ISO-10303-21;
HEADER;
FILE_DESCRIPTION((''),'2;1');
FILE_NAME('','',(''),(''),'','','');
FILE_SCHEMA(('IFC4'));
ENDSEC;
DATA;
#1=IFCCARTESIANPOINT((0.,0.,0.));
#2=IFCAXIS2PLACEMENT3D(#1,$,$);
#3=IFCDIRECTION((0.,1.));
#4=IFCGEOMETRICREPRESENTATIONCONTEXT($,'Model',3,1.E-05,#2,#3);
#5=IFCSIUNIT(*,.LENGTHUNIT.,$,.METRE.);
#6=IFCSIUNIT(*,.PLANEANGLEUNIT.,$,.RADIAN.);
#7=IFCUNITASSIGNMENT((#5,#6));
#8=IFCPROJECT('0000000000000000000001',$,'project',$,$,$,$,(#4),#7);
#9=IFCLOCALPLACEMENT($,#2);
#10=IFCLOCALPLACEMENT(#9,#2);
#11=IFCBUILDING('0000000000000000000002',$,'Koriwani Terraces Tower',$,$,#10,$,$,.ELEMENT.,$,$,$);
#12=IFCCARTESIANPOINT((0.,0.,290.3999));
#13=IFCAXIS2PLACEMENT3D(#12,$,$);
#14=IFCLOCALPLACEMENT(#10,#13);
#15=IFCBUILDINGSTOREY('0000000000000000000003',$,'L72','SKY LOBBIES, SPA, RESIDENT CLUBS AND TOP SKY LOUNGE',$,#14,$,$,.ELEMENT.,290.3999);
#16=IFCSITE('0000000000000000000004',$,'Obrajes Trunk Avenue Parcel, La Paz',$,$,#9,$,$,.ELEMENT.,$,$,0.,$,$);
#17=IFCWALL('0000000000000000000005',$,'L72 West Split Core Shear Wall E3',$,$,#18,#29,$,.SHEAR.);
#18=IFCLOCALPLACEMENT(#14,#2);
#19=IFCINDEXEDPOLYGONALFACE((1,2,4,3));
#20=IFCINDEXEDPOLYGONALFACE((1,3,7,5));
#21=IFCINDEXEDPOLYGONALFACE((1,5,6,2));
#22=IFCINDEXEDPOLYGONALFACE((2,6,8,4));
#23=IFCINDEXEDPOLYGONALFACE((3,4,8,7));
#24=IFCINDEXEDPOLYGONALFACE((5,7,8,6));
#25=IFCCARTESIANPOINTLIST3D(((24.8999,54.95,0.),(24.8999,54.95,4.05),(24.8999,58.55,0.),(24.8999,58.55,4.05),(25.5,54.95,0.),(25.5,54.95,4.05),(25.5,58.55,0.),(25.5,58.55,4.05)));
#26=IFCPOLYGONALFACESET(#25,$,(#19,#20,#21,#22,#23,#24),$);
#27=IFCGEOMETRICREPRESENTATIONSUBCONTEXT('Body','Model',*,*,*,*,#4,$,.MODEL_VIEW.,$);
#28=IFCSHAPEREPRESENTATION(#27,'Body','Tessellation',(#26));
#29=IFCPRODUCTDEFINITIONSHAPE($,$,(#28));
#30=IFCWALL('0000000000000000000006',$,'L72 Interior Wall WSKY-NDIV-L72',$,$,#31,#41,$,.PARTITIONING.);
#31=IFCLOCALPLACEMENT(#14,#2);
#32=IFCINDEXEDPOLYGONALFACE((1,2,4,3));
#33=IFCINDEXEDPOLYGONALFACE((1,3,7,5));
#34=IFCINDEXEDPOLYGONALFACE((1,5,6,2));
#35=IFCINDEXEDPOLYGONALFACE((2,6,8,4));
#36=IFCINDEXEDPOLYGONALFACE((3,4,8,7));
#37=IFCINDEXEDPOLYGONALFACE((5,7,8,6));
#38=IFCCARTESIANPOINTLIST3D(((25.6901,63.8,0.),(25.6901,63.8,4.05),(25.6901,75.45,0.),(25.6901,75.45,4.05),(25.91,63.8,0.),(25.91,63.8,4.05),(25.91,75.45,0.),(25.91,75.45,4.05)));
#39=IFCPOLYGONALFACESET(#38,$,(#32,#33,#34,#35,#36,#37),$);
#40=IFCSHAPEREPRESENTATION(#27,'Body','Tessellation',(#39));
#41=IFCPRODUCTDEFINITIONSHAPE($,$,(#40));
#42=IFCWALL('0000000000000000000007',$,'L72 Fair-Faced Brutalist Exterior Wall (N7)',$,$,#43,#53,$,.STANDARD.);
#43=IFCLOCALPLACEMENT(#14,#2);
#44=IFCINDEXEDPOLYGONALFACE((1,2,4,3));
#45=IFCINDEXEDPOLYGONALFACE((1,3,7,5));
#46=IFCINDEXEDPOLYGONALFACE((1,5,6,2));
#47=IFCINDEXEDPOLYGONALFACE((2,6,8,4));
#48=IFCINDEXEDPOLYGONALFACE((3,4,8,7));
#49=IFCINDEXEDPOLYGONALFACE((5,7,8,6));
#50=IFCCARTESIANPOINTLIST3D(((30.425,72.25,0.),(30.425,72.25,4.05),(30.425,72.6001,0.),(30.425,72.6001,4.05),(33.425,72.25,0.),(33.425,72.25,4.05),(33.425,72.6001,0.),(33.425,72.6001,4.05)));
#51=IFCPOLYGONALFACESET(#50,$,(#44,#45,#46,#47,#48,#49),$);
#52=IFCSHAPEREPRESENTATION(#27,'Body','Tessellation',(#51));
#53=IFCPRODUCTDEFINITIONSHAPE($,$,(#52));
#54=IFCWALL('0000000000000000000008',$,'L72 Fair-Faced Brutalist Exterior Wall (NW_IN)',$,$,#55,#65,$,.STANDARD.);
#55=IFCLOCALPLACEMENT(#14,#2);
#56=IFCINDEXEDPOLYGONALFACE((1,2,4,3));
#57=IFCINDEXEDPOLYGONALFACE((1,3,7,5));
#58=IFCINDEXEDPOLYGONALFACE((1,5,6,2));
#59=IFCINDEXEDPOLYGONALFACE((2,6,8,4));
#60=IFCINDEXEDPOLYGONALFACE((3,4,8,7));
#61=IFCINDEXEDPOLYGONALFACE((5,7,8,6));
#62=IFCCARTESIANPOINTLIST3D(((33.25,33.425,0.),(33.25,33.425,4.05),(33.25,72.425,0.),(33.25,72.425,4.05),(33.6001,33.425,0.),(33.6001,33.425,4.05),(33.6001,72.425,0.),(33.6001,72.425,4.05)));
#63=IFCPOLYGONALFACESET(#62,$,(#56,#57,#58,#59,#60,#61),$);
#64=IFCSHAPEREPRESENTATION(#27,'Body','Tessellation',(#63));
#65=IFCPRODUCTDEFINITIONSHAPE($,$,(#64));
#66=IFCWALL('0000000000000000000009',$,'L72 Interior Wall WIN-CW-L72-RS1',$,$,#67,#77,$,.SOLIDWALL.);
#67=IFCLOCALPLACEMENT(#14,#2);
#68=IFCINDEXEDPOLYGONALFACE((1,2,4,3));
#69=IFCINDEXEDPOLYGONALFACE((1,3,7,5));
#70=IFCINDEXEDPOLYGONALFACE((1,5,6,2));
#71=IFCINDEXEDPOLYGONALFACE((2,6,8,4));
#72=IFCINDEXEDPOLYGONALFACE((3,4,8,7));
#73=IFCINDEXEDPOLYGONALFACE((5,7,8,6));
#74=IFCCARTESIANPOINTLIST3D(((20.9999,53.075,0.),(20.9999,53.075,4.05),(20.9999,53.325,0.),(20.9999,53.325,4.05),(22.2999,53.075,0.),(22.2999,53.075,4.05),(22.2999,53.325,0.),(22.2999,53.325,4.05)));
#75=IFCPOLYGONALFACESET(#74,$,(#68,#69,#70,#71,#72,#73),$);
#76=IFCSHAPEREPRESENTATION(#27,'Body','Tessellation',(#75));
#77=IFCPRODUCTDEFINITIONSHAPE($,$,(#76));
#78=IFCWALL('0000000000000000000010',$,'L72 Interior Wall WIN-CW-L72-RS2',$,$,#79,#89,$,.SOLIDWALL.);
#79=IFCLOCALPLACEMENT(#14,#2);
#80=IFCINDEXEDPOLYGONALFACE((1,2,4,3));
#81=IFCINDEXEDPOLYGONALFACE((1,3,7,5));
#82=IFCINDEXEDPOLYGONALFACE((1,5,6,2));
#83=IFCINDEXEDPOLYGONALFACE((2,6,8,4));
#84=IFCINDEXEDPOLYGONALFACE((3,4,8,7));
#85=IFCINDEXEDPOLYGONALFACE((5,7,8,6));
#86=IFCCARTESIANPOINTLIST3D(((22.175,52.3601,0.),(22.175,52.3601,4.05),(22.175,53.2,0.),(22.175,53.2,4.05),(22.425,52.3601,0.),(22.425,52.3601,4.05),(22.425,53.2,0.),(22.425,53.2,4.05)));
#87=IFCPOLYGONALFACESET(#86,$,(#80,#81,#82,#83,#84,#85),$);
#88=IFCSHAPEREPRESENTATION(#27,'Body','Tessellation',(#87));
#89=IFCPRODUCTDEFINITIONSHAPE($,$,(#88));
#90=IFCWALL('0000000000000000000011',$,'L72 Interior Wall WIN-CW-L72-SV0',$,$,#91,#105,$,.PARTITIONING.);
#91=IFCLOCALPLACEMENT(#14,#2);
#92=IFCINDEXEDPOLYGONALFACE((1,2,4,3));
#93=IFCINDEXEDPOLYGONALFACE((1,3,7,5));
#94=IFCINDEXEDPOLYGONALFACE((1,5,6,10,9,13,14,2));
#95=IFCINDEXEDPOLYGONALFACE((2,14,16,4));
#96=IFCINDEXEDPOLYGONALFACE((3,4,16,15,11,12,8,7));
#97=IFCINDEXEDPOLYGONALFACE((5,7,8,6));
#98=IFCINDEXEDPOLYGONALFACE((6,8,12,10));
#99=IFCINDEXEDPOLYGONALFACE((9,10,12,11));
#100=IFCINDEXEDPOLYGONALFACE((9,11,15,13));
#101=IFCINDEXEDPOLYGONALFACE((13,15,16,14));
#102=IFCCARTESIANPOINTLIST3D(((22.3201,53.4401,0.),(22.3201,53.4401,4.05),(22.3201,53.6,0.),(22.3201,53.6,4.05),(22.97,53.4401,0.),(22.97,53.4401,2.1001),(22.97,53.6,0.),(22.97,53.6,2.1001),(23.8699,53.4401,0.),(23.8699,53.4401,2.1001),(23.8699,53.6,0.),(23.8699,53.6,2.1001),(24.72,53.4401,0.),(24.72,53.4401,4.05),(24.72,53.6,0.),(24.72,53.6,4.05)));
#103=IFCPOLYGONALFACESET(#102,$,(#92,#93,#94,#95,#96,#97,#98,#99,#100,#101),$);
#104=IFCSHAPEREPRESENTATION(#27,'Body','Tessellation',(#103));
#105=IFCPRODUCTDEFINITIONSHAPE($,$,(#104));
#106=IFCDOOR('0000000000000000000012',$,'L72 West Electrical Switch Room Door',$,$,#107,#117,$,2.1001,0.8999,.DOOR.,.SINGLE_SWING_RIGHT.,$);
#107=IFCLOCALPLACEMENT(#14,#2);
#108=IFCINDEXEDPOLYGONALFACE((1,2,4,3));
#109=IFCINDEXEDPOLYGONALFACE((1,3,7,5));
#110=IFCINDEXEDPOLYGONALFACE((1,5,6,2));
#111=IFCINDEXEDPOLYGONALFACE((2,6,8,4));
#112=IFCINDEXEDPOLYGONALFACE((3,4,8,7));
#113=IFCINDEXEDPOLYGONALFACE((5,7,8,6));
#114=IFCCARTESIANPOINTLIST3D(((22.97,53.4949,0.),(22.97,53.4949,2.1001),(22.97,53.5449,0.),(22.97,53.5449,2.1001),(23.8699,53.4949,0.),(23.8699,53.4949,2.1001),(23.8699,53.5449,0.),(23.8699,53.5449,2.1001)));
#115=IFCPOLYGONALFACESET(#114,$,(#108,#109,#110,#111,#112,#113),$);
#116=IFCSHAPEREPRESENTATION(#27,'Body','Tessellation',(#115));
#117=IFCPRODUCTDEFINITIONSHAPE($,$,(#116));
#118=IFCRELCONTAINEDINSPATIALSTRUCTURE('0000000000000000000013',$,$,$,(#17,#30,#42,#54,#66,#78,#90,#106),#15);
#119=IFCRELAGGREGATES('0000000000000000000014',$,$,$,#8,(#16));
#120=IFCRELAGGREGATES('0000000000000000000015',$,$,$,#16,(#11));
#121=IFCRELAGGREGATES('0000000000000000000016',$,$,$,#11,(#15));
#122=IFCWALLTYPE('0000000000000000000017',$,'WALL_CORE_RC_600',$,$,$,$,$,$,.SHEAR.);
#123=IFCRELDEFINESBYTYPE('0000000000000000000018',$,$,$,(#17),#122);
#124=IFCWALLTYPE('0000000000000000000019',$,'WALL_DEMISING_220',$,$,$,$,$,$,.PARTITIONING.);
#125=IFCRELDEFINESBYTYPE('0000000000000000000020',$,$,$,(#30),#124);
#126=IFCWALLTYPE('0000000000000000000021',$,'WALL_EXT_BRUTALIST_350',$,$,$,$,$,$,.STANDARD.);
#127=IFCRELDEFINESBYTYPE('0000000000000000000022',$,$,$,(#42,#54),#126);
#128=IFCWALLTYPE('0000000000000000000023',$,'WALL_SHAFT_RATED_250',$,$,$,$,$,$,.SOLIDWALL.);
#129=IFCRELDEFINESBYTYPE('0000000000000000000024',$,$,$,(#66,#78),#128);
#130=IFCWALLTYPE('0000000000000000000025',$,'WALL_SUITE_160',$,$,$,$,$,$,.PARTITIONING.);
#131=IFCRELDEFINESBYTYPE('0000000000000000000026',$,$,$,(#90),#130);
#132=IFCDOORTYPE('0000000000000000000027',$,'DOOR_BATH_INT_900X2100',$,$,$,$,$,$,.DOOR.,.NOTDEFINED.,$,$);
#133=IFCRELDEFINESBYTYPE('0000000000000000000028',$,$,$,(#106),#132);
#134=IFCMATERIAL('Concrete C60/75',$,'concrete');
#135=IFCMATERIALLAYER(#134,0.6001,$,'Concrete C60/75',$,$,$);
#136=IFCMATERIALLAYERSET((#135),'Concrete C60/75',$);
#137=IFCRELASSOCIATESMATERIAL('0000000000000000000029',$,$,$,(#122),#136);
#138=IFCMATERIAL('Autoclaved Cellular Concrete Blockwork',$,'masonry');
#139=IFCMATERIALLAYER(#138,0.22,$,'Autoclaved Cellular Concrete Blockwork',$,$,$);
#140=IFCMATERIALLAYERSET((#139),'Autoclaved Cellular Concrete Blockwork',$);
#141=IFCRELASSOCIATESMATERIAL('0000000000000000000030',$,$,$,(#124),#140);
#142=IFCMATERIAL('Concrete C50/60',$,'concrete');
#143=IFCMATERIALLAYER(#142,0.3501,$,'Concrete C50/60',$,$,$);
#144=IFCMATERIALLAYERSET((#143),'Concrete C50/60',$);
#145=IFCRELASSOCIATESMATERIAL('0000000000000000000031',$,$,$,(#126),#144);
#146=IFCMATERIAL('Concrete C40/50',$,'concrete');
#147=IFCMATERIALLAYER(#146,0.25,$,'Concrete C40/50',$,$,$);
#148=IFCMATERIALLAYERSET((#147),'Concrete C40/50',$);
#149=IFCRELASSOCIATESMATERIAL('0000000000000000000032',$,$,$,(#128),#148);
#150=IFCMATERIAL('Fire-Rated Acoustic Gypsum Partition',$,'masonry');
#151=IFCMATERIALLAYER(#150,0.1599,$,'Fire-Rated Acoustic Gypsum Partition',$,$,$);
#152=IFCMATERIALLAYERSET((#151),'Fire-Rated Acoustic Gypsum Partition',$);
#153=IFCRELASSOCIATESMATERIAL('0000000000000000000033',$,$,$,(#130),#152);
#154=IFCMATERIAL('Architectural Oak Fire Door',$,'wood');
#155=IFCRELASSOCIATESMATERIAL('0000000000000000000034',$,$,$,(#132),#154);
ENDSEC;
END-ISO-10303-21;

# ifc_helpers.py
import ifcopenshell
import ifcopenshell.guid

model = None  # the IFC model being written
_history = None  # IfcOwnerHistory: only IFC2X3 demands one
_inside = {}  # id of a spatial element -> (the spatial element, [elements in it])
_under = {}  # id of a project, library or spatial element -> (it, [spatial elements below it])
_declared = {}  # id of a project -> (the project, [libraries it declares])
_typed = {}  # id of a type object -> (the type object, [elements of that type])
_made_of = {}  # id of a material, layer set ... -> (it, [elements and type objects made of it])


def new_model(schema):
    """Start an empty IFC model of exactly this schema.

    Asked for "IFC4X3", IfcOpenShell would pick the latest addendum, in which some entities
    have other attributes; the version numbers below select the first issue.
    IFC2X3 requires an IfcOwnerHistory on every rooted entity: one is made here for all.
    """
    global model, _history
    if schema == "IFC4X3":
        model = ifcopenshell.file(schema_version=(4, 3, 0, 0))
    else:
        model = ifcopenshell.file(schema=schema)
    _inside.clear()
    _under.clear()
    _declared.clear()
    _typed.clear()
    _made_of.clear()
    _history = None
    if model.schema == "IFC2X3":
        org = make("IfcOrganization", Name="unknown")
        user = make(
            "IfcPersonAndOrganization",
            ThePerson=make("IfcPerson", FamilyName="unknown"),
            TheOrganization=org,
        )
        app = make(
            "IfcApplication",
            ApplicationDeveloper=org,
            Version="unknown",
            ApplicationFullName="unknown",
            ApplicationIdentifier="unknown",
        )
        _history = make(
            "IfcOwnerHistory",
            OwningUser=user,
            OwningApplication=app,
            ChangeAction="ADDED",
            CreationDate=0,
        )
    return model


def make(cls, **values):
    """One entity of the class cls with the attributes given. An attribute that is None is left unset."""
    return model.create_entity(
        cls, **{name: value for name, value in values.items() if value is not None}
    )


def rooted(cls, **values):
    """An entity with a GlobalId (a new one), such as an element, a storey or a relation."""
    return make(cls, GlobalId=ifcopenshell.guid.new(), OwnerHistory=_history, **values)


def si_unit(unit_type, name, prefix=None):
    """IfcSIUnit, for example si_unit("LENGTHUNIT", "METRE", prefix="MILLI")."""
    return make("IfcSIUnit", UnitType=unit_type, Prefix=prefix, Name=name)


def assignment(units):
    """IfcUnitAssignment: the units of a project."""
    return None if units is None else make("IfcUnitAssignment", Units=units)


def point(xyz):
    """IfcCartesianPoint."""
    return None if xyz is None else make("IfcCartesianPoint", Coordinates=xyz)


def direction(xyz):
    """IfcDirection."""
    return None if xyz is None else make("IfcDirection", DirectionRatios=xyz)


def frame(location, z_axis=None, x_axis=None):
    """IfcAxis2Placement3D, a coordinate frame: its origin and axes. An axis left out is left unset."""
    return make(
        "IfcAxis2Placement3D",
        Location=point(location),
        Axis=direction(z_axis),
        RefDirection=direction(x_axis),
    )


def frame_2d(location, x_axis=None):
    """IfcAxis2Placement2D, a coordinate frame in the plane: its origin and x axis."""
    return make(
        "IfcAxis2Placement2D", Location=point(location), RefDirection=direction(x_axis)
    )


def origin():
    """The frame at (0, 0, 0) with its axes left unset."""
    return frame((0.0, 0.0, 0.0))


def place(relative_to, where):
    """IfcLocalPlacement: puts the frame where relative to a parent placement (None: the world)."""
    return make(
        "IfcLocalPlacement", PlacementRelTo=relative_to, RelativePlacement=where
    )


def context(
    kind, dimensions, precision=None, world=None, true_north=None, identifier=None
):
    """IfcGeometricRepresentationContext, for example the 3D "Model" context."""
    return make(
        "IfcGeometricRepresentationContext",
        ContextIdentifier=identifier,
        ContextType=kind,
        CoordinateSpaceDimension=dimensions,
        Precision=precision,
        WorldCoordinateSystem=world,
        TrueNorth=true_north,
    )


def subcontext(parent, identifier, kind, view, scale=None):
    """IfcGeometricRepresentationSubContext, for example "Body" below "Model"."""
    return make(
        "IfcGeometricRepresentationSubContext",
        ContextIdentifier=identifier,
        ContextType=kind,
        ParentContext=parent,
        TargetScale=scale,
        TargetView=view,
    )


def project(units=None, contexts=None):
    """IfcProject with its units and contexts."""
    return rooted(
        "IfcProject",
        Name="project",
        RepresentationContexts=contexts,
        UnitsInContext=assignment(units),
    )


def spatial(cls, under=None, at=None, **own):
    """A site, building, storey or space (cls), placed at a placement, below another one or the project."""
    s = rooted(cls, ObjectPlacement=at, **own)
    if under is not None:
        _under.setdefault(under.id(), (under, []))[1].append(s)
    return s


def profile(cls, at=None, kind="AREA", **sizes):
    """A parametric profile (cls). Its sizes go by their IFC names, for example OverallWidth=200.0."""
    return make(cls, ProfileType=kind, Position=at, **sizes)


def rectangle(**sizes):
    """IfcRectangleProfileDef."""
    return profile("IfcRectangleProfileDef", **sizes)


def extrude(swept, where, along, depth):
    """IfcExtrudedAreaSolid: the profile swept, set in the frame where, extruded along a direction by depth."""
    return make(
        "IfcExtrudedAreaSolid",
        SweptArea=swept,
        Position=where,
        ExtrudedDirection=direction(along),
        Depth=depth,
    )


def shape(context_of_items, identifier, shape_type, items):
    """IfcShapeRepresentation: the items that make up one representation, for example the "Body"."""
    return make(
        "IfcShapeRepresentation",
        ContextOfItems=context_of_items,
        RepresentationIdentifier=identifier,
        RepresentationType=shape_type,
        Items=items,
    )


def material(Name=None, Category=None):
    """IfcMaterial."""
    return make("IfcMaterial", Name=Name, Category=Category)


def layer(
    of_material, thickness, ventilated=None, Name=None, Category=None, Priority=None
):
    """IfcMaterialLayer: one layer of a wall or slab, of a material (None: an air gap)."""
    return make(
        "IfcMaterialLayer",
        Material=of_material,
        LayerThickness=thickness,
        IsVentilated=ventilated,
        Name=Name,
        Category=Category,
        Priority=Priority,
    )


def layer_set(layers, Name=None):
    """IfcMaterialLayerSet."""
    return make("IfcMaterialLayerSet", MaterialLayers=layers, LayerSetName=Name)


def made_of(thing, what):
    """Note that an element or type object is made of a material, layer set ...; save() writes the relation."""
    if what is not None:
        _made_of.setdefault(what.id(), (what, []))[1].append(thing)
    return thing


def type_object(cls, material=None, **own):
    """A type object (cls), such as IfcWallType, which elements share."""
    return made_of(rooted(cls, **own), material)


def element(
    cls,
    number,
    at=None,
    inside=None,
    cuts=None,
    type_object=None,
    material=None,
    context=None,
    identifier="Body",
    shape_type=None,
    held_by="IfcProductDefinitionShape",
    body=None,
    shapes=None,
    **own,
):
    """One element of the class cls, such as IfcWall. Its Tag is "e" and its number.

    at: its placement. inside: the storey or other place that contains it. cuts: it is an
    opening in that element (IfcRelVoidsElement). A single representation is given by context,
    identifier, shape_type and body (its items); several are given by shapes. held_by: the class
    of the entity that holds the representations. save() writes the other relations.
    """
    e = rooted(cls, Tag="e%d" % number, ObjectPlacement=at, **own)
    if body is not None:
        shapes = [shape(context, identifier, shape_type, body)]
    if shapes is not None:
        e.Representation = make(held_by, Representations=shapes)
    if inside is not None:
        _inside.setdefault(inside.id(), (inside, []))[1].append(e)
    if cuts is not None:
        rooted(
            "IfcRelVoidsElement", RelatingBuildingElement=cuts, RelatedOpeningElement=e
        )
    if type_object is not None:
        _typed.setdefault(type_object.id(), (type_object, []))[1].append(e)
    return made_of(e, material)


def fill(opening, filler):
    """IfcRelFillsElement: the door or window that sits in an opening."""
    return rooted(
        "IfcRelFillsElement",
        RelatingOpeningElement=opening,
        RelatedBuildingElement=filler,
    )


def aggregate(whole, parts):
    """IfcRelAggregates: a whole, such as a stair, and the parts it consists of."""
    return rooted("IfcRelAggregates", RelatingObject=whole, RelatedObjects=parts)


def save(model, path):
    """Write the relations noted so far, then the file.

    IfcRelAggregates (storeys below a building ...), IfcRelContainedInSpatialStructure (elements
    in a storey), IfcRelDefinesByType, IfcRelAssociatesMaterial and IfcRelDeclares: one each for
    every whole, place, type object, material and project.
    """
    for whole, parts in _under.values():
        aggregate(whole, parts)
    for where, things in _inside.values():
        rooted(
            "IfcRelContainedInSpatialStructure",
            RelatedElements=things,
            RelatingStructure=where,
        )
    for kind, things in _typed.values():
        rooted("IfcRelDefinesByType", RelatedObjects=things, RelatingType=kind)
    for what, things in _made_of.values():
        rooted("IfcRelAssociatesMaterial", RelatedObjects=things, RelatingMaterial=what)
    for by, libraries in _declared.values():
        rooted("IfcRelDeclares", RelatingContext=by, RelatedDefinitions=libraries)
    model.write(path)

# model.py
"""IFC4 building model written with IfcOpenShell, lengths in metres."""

from ifc_helpers import new_model, si_unit, direction, frame, frame_2d, origin, place, context, subcontext, project, spatial, rectangle, extrude, material, layer, layer_set, type_object, element, fill, save


model = new_model("IFC4")

# Units and contexts
model_context = context("Model", 3, precision=1e-05, world=origin(), true_north=direction((0.0, 1.0)))
body_context = subcontext(model_context, "Body", "Model", "MODEL_VIEW")
ifc_project = project(units=[si_unit("LENGTHUNIT", "METRE"), si_unit("PLANEANGLEUNIT", "RADIAN")], contexts=[model_context])

# Site, building, storey
site_placement = place(None, origin())
site = spatial("IfcSite", under=ifc_project, at=site_placement, Name="Obrajes Trunk Avenue Parcel, La Paz", CompositionType="ELEMENT", RefElevation=0.0)
building_placement = place(site_placement, origin())
building = spatial("IfcBuilding", under=site, at=building_placement, Name="Koriwani Terraces Tower", CompositionType="ELEMENT")
storey_placement = place(building_placement, frame((0.0, 0.0, 290.3999)))
storey = spatial("IfcBuildingStorey", under=building, at=storey_placement, Name="L72", Description="SKY LOBBIES, SPA, RESIDENT CLUBS AND TOP SKY LOUNGE", CompositionType="ELEMENT", Elevation=290.3999)

# Shared definitions
ifc_material_1 = material(Name="Concrete C50/60", Category="concrete")

# Shared definitions
ifc_material_2 = material(Name="Concrete C40/50", Category="concrete")

# Walls
ifc_material_3 = material(Name="Concrete C60/75", Category="concrete")
ifc_layer_1 = layer(ifc_material_3, 0.6001, Name="Concrete C60/75")
ifc_layer_set_1 = layer_set([ifc_layer_1], Name="Concrete C60/75")
wall_type_1 = type_object("IfcWallType", Name="WALL_CORE_RC_600", PredefinedType="SHEAR", material=ifc_layer_set_1)
wall_1_placement = place(storey_placement, frame((25.2, 54.95, 0.0), z_axis=(0.0, 0.0, 1.0), x_axis=(0.0, 1.0, 0.0)))
element("IfcWall", 1, at=wall_1_placement, inside=storey, type_object=wall_type_1, Name="L72 West Split Core Shear Wall E3", PredefinedType="SHEAR", context=body_context, shape_type="SweptSolid", body=[
    extrude(rectangle(XDim=3.6001, YDim=0.6001, at=frame_2d((1.8, 0.0))), origin(), (0.0, 0.0, 1.0), 4.05),
])
ifc_material_4 = material(Name="Autoclaved Cellular Concrete Blockwork", Category="masonry")
ifc_layer_2 = layer(ifc_material_4, 0.22, Name="Autoclaved Cellular Concrete Blockwork")
ifc_layer_set_2 = layer_set([ifc_layer_2], Name="Autoclaved Cellular Concrete Blockwork")
wall_type_2 = type_object("IfcWallType", Name="WALL_DEMISING_220", PredefinedType="PARTITIONING", material=ifc_layer_set_2)
wall_2_placement = place(storey_placement, frame((25.8, 63.8, 0.0), z_axis=(0.0, 0.0, 1.0), x_axis=(0.0, 1.0, 0.0)))
element("IfcWall", 2, at=wall_2_placement, inside=storey, type_object=wall_type_2, Name="L72 Interior Wall WSKY-NDIV-L72", PredefinedType="PARTITIONING", context=body_context, shape_type="SweptSolid", body=[
    extrude(rectangle(XDim=11.6499, YDim=0.22, at=frame_2d((5.825, 0.0))), origin(), (0.0, 0.0, 1.0), 4.05),
])
ifc_layer_3 = layer(ifc_material_1, 0.3501, Name="Concrete C50/60")
ifc_layer_set_3 = layer_set([ifc_layer_3], Name="Concrete C50/60")
wall_type_3 = type_object("IfcWallType", Name="WALL_EXT_BRUTALIST_350", PredefinedType="STANDARD", material=ifc_layer_set_3)
wall_3_placement = place(storey_placement, frame((30.425, 72.425, 0.0), z_axis=(0.0, 0.0, 1.0), x_axis=(1.0, 0.0, 0.0)))
element("IfcWall", 3, at=wall_3_placement, inside=storey, type_object=wall_type_3, Name="L72 Fair-Faced Brutalist Exterior Wall (N7)", PredefinedType="STANDARD", context=body_context, shape_type="SweptSolid", body=[
    extrude(rectangle(XDim=3.0, YDim=0.3501, at=frame_2d((1.5, 0.0))), origin(), (0.0, 0.0, 1.0), 4.05),
])
wall_4_placement = place(storey_placement, frame((33.425, 72.425, 0.0), z_axis=(0.0, 0.0, 1.0), x_axis=(0.0, -1.0, 0.0)))
element("IfcWall", 4, at=wall_4_placement, inside=storey, type_object=wall_type_3, Name="L72 Fair-Faced Brutalist Exterior Wall (NW_IN)", PredefinedType="STANDARD", context=body_context, shape_type="SweptSolid", body=[
    extrude(rectangle(XDim=39.0, YDim=0.3501, at=frame_2d((19.5, 0.0))), origin(), (0.0, 0.0, 1.0), 4.05),
])

# Shared definitions
ifc_layer_4 = layer(ifc_material_2, 0.25, Name="Concrete C40/50")
ifc_layer_set_4 = layer_set([ifc_layer_4], Name="Concrete C40/50")
wall_type_4 = type_object("IfcWallType", Name="WALL_SHAFT_RATED_250", PredefinedType="SOLIDWALL", material=ifc_layer_set_4)

# Walls
wall_5_placement = place(storey_placement, frame((21.0, 53.2, 0.0), z_axis=(0.0, 0.0, 1.0), x_axis=(1.0, 0.0, 0.0)))
element("IfcWall", 5, at=wall_5_placement, inside=storey, type_object=wall_type_4, Name="L72 Interior Wall WIN-CW-L72-RS1", PredefinedType="SOLIDWALL", context=body_context, shape_type="SweptSolid", body=[
    extrude(rectangle(XDim=1.3, YDim=0.25, at=frame_2d((0.6499, 0.0))), origin(), (0.0, 0.0, 1.0), 4.05),
])
wall_6_placement = place(storey_placement, frame((22.3, 52.3601, 0.0), z_axis=(0.0, 0.0, 1.0), x_axis=(0.0, 1.0, 0.0)))
element("IfcWall", 6, at=wall_6_placement, inside=storey, type_object=wall_type_4, Name="L72 Interior Wall WIN-CW-L72-RS2", PredefinedType="SOLIDWALL", context=body_context, shape_type="SweptSolid", body=[
    extrude(rectangle(XDim=0.8398, YDim=0.25, at=frame_2d((0.4199, 0.0))), origin(), (0.0, 0.0, 1.0), 4.05),
])

# Wall, opening, door
ifc_material_5 = material(Name="Fire-Rated Acoustic Gypsum Partition", Category="masonry")
ifc_layer_5 = layer(ifc_material_5, 0.1599, Name="Fire-Rated Acoustic Gypsum Partition")
ifc_layer_set_5 = layer_set([ifc_layer_5], Name="Fire-Rated Acoustic Gypsum Partition")
wall_type_5 = type_object("IfcWallType", Name="WALL_SUITE_160", PredefinedType="PARTITIONING", material=ifc_layer_set_5)
wall_7_placement = place(storey_placement, frame((22.3201, 53.52, 0.0), z_axis=(0.0, 0.0, 1.0), x_axis=(1.0, 0.0, 0.0)))
wall_7 = element("IfcWall", 7, at=wall_7_placement, inside=storey, type_object=wall_type_5, Name="L72 Interior Wall WIN-CW-L72-SV0", PredefinedType="PARTITIONING", context=body_context, shape_type="SweptSolid", body=[
    extrude(rectangle(XDim=2.3999, YDim=0.1599, at=frame_2d((1.2, 0.0))), origin(), (0.0, 0.0, 1.0), 4.05),
])
opening_1_placement = place(wall_7_placement, frame((0.6499, 0.0, 0.0)))
opening_1 = element("IfcOpeningElement", 8, at=opening_1_placement, cuts=wall_7, PredefinedType="OPENING", context=body_context, shape_type="SweptSolid", body=[
    extrude(rectangle(XDim=0.8999, YDim=2.1001, at=frame_2d((0.45, 1.05))), frame((0.0, 0.0898, 0.0), z_axis=(0.0, -1.0, 0.0), x_axis=(1.0, 0.0, 0.0)), (0.0, 0.0, 1.0), 0.1799),
])
ifc_material_6 = material(Name="Architectural Oak Fire Door", Category="wood")
door_type_1 = type_object("IfcDoorType", Name="DOOR_BATH_INT_900X2100", OperationType="NOTDEFINED", PredefinedType="DOOR", material=ifc_material_6)
door_1_placement = place(opening_1_placement, origin())
door_1 = element("IfcDoor", 9, at=door_1_placement, inside=storey, type_object=door_type_1, Name="L72 West Electrical Switch Room Door", OperationType="SINGLE_SWING_RIGHT", OverallHeight=2.1001, OverallWidth=0.8999, PredefinedType="DOOR", context=body_context, shape_type="SweptSolid", body=[
    extrude(rectangle(XDim=0.8999, YDim=2.1001, at=frame_2d((0.45, 1.05))), frame((0.0, 0.0249, 0.0), z_axis=(0.0, -1.0, 0.0), x_axis=(1.0, 0.0, 0.0)), (0.0, 0.0, 1.0), 0.05),
])
fill(opening_1, door_1)

save(model, "model.ifc")
